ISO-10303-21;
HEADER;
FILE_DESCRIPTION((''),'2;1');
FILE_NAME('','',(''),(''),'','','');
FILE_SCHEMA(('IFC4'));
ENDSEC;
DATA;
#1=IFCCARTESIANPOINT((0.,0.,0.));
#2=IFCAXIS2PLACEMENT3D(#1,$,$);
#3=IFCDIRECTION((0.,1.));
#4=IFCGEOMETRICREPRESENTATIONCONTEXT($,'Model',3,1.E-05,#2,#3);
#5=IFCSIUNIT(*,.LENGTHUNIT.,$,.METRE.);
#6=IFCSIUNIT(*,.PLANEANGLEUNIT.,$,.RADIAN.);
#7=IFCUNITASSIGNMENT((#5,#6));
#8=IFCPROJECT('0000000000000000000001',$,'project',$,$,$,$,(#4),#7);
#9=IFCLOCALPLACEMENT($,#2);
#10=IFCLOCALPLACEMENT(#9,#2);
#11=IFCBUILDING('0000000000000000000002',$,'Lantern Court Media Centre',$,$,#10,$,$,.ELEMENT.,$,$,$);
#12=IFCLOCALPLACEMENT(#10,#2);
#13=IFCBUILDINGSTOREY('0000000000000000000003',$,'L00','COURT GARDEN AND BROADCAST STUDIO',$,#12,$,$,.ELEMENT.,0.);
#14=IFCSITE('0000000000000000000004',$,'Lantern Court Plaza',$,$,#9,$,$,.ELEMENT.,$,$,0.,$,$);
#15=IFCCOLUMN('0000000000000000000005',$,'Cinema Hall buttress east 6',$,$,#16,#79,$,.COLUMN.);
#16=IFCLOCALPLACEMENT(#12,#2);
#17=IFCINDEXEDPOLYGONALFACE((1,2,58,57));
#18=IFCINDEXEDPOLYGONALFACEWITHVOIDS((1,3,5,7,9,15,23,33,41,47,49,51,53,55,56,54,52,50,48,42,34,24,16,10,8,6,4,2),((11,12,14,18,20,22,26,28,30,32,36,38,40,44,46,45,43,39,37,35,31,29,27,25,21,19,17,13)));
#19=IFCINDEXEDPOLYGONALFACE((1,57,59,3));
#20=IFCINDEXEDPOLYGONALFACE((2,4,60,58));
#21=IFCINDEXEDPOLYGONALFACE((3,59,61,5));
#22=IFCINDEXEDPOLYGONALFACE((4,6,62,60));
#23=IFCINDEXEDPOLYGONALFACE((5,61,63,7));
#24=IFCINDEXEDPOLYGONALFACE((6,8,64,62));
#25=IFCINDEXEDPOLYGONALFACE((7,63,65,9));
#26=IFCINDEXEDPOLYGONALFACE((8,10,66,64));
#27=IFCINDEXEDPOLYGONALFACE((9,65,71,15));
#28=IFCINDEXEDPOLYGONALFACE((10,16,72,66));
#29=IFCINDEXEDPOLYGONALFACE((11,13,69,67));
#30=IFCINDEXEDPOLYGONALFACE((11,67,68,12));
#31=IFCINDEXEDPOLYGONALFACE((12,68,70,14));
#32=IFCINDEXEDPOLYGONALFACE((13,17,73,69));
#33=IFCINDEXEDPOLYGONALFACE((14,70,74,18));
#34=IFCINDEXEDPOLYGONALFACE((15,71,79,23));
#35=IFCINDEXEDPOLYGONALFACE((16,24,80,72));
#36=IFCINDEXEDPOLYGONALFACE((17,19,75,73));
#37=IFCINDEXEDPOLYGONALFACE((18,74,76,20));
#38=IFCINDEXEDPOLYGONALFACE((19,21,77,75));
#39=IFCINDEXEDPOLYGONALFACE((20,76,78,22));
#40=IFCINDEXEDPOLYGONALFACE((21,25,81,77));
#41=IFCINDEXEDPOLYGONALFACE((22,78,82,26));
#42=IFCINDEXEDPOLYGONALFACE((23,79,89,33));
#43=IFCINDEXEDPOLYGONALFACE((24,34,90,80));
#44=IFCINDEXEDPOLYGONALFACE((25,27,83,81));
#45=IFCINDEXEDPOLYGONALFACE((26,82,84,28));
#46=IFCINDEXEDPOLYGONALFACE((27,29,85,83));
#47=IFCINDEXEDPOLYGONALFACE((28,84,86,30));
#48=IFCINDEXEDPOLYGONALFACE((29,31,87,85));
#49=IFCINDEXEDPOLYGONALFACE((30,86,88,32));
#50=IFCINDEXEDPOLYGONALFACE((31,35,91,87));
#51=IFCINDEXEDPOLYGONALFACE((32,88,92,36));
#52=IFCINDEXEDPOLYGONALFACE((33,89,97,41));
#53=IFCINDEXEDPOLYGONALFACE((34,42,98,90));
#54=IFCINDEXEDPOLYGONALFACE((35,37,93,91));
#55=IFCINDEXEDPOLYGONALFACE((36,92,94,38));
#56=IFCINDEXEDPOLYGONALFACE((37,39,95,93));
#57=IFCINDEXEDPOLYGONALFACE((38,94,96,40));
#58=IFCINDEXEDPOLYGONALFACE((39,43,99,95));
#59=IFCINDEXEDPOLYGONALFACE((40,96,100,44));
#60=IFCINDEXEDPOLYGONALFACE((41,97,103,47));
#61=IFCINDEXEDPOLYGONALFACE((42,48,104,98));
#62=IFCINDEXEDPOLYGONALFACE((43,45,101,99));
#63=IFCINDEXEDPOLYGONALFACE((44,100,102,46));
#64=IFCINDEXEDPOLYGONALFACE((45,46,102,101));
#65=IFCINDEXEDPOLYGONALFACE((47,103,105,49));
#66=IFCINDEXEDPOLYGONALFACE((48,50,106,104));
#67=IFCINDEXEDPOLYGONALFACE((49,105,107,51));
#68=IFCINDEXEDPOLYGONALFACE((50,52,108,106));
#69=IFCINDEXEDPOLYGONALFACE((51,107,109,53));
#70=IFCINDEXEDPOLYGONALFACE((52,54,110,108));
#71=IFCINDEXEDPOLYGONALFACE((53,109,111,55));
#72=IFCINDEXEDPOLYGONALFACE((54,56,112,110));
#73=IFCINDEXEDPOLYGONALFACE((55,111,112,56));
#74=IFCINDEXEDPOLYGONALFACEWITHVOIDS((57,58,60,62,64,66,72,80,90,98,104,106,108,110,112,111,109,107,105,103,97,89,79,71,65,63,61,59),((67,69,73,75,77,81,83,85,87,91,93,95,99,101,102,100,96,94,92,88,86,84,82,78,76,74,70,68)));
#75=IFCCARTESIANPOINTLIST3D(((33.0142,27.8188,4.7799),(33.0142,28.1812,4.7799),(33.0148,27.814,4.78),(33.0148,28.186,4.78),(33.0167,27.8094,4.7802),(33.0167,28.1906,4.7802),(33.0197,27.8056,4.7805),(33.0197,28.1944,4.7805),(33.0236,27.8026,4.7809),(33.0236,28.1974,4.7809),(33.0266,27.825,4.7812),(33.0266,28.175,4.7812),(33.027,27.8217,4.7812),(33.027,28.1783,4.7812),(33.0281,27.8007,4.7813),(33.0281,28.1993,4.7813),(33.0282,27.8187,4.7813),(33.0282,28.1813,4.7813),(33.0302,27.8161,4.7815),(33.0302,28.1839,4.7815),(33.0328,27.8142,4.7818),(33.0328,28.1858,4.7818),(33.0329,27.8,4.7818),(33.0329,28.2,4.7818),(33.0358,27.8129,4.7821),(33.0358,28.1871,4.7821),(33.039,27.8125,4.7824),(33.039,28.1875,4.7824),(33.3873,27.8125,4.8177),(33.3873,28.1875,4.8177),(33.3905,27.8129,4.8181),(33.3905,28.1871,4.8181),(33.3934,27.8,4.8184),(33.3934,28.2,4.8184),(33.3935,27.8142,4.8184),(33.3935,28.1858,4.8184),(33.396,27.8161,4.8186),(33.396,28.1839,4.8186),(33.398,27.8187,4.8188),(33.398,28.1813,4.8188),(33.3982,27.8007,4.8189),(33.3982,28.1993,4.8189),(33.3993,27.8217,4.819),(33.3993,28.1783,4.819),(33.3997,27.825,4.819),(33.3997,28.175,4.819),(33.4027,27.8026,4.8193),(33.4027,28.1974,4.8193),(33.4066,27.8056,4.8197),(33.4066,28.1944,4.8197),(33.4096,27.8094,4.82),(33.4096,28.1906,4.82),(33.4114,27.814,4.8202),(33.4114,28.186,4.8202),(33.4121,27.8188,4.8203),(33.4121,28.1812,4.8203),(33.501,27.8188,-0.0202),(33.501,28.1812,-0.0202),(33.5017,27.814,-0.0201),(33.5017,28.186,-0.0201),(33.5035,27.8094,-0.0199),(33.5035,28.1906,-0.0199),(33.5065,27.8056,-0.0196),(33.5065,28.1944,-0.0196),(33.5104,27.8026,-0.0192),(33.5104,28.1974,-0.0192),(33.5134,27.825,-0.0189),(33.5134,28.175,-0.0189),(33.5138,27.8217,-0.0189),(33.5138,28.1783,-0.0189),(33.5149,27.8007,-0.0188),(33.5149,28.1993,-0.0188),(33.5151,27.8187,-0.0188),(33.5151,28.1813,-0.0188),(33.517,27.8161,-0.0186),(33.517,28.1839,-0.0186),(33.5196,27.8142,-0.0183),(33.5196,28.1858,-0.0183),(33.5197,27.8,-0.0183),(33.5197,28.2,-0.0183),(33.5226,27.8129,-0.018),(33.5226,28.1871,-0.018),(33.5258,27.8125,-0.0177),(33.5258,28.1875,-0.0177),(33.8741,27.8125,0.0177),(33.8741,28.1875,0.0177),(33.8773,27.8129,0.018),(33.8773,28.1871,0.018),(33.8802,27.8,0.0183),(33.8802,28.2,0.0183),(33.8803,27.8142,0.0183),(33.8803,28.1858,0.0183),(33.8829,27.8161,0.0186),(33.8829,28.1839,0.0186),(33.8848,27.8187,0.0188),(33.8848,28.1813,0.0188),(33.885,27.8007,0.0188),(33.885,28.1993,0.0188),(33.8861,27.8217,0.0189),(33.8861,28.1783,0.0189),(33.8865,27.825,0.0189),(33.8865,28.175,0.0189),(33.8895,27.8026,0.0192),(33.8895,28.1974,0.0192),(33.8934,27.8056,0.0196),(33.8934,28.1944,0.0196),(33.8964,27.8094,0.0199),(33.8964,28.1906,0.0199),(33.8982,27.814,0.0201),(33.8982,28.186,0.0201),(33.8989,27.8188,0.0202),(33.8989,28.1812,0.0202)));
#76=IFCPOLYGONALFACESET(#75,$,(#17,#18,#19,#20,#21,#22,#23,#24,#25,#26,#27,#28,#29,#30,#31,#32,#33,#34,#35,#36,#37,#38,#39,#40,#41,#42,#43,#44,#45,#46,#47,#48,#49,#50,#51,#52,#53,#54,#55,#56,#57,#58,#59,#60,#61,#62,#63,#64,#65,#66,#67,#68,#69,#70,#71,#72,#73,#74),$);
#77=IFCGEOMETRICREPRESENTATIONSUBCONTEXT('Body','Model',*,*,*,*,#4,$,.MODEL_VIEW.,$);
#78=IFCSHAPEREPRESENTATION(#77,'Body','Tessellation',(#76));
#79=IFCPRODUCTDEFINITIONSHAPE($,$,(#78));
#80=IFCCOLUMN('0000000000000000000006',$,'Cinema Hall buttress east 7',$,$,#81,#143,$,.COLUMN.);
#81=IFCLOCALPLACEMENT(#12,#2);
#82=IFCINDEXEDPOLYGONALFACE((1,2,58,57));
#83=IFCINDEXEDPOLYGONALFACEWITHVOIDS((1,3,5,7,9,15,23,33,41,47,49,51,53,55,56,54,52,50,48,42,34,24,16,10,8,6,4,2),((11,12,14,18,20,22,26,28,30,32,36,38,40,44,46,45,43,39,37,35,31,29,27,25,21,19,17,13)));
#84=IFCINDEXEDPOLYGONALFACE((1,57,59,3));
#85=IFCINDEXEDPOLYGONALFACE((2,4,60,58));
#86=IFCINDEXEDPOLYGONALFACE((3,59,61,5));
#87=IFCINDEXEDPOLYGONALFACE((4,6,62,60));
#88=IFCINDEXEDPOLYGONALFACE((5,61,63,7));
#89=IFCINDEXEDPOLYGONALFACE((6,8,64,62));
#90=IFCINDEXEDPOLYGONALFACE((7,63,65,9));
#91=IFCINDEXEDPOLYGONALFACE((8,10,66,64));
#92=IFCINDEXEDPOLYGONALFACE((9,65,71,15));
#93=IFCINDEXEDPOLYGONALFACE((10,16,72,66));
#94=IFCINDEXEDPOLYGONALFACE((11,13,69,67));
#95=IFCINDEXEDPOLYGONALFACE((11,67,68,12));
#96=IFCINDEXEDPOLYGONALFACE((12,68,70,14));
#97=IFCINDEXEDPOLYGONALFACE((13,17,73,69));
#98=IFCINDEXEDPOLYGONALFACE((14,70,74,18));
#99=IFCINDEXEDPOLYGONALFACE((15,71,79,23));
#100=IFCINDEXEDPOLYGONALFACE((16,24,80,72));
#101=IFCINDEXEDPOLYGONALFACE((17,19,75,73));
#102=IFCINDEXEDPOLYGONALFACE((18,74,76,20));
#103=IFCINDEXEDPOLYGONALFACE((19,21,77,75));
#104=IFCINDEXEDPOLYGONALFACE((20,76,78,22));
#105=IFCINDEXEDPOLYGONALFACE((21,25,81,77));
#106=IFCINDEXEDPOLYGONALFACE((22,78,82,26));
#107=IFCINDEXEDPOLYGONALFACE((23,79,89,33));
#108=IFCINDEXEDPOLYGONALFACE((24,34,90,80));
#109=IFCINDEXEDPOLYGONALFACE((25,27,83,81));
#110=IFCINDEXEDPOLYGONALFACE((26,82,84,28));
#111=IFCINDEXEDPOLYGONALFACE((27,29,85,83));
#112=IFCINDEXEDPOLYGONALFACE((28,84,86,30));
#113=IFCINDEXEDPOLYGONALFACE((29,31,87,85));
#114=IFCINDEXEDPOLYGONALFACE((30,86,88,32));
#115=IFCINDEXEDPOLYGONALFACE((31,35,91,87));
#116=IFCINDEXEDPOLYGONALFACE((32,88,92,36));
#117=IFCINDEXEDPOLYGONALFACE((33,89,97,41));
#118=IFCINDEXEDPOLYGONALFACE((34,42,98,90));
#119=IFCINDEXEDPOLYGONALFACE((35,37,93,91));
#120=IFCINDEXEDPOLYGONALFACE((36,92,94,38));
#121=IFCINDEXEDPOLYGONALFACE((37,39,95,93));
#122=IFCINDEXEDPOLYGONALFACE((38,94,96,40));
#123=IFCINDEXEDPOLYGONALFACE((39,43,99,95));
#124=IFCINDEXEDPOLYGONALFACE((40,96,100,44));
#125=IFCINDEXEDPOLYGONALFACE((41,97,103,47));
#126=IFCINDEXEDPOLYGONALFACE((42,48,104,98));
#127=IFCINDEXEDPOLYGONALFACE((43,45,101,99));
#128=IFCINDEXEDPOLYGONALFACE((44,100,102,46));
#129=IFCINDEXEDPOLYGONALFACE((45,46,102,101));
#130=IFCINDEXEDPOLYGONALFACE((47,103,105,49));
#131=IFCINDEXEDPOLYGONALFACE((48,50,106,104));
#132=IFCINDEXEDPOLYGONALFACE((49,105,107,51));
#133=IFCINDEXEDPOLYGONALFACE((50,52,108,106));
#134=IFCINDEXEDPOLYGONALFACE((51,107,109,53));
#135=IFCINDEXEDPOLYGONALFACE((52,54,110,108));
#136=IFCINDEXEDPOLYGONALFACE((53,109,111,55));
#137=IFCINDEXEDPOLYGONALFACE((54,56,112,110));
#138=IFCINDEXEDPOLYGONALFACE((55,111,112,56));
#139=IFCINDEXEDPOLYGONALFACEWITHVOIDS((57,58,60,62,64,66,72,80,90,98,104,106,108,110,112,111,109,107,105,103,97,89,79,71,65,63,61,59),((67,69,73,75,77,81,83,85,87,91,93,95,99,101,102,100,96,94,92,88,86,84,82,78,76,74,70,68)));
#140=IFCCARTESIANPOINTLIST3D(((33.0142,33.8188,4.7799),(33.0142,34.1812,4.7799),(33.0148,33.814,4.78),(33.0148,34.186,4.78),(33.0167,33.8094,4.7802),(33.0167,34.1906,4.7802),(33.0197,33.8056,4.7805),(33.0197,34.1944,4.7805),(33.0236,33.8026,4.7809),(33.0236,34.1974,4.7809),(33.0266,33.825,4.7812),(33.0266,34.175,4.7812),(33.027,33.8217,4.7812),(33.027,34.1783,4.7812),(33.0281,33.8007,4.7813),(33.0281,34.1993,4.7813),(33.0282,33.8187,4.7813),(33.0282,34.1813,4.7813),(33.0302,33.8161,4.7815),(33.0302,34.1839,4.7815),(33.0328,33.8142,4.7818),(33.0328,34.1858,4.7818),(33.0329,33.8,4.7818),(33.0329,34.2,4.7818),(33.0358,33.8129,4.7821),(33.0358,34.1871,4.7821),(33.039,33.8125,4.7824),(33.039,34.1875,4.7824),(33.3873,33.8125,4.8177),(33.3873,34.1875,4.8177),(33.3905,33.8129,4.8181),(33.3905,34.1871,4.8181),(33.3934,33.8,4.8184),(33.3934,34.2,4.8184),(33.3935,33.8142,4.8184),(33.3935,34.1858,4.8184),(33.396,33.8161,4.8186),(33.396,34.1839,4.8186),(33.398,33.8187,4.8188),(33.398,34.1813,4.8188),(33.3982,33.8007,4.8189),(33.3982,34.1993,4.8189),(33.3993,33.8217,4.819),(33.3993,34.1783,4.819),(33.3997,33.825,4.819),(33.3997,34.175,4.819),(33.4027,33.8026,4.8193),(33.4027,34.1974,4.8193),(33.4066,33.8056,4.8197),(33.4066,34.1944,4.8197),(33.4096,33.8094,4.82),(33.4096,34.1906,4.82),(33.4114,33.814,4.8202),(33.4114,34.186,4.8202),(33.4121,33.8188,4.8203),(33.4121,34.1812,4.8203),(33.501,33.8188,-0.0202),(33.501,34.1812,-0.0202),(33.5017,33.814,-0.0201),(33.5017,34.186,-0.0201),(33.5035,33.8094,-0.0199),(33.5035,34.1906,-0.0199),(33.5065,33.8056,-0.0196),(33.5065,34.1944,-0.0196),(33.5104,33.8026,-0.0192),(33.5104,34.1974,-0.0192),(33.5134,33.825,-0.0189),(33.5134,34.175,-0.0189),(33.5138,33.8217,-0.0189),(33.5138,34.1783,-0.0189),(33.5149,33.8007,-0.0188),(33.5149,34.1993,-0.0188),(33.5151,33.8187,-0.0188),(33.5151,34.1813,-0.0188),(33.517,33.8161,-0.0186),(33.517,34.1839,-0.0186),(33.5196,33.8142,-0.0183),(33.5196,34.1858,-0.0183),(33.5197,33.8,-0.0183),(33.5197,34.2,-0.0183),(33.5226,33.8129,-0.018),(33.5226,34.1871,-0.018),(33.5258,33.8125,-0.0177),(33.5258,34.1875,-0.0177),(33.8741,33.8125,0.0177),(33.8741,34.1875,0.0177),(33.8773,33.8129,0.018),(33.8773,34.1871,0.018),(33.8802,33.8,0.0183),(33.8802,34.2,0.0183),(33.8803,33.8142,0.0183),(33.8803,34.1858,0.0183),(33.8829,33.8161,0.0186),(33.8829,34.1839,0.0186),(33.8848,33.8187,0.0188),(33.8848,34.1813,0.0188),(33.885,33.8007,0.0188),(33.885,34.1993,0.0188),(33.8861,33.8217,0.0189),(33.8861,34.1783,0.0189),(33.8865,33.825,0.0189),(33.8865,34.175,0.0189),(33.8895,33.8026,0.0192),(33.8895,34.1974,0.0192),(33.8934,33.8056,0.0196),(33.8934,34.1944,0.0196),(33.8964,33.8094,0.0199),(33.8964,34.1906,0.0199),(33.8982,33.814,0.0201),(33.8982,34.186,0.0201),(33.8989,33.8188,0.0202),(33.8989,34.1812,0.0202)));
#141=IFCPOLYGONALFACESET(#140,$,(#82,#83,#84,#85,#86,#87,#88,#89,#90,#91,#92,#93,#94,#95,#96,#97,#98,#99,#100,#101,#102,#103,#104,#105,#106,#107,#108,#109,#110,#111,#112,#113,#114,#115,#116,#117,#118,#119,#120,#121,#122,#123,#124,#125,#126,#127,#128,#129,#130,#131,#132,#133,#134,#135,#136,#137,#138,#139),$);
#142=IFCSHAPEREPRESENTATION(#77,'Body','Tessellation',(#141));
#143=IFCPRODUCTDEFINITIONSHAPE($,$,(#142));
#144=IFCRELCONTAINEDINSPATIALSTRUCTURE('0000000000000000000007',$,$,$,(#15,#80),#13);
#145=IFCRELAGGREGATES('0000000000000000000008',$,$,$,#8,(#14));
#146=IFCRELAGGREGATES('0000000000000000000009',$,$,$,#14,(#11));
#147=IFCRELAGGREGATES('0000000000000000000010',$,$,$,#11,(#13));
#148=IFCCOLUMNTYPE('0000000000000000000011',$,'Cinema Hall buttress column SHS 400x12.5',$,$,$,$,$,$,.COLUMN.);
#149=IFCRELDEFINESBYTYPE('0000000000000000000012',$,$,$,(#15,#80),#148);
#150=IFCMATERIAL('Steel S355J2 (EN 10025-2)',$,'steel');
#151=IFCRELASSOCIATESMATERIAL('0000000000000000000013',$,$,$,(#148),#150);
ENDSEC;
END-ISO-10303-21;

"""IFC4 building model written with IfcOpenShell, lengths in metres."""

from ifc_helpers import new_model, si_unit, direction, frame, origin, origin_2d, place, context, subcontext, project, spatial, hollow_rectangle, extrude, material, material_profile, profile_set, type_object, element, save


model = new_model("IFC4")

# Units and contexts
model_context = context("Model", 3, precision=1e-05, world=origin(), true_north=direction((0.0, 1.0)))
body_context = subcontext(model_context, "Body", "Model", "MODEL_VIEW")
ifc_project = project(units=[si_unit("LENGTHUNIT", "METRE"), si_unit("PLANEANGLEUNIT", "RADIAN")], contexts=[model_context])

# Site, building, storey
site_placement = place(None, origin())
site = spatial("IfcSite", under=ifc_project, at=site_placement, Name="Lantern Court Plaza", CompositionType="ELEMENT", RefElevation=0.0)
building_placement = place(site_placement, origin())
building = spatial("IfcBuilding", under=site, at=building_placement, Name="Lantern Court Media Centre", CompositionType="ELEMENT")
storey_placement = place(building_placement, origin())
storey = spatial("IfcBuildingStorey", under=building, at=storey_placement, Name="L00", Description="COURT GARDEN AND BROADCAST STUDIO", CompositionType="ELEMENT", Elevation=0.0)

# Columns
ifc_material_1 = material(Name="Steel S355J2 (EN 10025-2)", Category="steel")
ifc_material_profile_1 = material_profile(ifc_material_1, hollow_rectangle(XDim=0.3999, YDim=0.3999, WallThickness=0.0125, InnerFilletRadius=0.0125, OuterFilletRadius=0.0188, at=origin_2d()), Name="Cinema Hall buttress column SHS 400x12.5")
ifc_profile_set_1 = profile_set([ifc_material_profile_1], Name="Steel S355J2 (EN 10025-2)")
column_type_1 = type_object("IfcColumnType", Name="Cinema Hall buttress column SHS 400x12.5", PredefinedType="COLUMN", material=ifc_profile_set_1)
for number, where, z_axis, x_axis, name in (
    (1, (33.7, 28.0, 0.0), (-0.100901, 0.0, 0.994896), (0.0, -1.0, 0.0), "Cinema Hall buttress east 6"),
    (2, (33.7, 34.0, 0.0), (-0.100901, 0.0, 0.994896), (0.0, -1.0, 0.0), "Cinema Hall buttress east 7"),
):
    element("IfcColumn", number, at=place(storey_placement, frame(where, z_axis=z_axis, x_axis=x_axis)), inside=storey, type_object=column_type_1, Name=name, PredefinedType="COLUMN", context=body_context, shape_type="SweptSolid", body=[
        extrude(hollow_rectangle(XDim=0.3999, YDim=0.3999, WallThickness=0.0125, InnerFilletRadius=0.0125, OuterFilletRadius=0.0188, at=origin_2d()), origin(), (0.0, 0.0, 1.0), 4.8247),
    ])

save(model, "model.ifc")
